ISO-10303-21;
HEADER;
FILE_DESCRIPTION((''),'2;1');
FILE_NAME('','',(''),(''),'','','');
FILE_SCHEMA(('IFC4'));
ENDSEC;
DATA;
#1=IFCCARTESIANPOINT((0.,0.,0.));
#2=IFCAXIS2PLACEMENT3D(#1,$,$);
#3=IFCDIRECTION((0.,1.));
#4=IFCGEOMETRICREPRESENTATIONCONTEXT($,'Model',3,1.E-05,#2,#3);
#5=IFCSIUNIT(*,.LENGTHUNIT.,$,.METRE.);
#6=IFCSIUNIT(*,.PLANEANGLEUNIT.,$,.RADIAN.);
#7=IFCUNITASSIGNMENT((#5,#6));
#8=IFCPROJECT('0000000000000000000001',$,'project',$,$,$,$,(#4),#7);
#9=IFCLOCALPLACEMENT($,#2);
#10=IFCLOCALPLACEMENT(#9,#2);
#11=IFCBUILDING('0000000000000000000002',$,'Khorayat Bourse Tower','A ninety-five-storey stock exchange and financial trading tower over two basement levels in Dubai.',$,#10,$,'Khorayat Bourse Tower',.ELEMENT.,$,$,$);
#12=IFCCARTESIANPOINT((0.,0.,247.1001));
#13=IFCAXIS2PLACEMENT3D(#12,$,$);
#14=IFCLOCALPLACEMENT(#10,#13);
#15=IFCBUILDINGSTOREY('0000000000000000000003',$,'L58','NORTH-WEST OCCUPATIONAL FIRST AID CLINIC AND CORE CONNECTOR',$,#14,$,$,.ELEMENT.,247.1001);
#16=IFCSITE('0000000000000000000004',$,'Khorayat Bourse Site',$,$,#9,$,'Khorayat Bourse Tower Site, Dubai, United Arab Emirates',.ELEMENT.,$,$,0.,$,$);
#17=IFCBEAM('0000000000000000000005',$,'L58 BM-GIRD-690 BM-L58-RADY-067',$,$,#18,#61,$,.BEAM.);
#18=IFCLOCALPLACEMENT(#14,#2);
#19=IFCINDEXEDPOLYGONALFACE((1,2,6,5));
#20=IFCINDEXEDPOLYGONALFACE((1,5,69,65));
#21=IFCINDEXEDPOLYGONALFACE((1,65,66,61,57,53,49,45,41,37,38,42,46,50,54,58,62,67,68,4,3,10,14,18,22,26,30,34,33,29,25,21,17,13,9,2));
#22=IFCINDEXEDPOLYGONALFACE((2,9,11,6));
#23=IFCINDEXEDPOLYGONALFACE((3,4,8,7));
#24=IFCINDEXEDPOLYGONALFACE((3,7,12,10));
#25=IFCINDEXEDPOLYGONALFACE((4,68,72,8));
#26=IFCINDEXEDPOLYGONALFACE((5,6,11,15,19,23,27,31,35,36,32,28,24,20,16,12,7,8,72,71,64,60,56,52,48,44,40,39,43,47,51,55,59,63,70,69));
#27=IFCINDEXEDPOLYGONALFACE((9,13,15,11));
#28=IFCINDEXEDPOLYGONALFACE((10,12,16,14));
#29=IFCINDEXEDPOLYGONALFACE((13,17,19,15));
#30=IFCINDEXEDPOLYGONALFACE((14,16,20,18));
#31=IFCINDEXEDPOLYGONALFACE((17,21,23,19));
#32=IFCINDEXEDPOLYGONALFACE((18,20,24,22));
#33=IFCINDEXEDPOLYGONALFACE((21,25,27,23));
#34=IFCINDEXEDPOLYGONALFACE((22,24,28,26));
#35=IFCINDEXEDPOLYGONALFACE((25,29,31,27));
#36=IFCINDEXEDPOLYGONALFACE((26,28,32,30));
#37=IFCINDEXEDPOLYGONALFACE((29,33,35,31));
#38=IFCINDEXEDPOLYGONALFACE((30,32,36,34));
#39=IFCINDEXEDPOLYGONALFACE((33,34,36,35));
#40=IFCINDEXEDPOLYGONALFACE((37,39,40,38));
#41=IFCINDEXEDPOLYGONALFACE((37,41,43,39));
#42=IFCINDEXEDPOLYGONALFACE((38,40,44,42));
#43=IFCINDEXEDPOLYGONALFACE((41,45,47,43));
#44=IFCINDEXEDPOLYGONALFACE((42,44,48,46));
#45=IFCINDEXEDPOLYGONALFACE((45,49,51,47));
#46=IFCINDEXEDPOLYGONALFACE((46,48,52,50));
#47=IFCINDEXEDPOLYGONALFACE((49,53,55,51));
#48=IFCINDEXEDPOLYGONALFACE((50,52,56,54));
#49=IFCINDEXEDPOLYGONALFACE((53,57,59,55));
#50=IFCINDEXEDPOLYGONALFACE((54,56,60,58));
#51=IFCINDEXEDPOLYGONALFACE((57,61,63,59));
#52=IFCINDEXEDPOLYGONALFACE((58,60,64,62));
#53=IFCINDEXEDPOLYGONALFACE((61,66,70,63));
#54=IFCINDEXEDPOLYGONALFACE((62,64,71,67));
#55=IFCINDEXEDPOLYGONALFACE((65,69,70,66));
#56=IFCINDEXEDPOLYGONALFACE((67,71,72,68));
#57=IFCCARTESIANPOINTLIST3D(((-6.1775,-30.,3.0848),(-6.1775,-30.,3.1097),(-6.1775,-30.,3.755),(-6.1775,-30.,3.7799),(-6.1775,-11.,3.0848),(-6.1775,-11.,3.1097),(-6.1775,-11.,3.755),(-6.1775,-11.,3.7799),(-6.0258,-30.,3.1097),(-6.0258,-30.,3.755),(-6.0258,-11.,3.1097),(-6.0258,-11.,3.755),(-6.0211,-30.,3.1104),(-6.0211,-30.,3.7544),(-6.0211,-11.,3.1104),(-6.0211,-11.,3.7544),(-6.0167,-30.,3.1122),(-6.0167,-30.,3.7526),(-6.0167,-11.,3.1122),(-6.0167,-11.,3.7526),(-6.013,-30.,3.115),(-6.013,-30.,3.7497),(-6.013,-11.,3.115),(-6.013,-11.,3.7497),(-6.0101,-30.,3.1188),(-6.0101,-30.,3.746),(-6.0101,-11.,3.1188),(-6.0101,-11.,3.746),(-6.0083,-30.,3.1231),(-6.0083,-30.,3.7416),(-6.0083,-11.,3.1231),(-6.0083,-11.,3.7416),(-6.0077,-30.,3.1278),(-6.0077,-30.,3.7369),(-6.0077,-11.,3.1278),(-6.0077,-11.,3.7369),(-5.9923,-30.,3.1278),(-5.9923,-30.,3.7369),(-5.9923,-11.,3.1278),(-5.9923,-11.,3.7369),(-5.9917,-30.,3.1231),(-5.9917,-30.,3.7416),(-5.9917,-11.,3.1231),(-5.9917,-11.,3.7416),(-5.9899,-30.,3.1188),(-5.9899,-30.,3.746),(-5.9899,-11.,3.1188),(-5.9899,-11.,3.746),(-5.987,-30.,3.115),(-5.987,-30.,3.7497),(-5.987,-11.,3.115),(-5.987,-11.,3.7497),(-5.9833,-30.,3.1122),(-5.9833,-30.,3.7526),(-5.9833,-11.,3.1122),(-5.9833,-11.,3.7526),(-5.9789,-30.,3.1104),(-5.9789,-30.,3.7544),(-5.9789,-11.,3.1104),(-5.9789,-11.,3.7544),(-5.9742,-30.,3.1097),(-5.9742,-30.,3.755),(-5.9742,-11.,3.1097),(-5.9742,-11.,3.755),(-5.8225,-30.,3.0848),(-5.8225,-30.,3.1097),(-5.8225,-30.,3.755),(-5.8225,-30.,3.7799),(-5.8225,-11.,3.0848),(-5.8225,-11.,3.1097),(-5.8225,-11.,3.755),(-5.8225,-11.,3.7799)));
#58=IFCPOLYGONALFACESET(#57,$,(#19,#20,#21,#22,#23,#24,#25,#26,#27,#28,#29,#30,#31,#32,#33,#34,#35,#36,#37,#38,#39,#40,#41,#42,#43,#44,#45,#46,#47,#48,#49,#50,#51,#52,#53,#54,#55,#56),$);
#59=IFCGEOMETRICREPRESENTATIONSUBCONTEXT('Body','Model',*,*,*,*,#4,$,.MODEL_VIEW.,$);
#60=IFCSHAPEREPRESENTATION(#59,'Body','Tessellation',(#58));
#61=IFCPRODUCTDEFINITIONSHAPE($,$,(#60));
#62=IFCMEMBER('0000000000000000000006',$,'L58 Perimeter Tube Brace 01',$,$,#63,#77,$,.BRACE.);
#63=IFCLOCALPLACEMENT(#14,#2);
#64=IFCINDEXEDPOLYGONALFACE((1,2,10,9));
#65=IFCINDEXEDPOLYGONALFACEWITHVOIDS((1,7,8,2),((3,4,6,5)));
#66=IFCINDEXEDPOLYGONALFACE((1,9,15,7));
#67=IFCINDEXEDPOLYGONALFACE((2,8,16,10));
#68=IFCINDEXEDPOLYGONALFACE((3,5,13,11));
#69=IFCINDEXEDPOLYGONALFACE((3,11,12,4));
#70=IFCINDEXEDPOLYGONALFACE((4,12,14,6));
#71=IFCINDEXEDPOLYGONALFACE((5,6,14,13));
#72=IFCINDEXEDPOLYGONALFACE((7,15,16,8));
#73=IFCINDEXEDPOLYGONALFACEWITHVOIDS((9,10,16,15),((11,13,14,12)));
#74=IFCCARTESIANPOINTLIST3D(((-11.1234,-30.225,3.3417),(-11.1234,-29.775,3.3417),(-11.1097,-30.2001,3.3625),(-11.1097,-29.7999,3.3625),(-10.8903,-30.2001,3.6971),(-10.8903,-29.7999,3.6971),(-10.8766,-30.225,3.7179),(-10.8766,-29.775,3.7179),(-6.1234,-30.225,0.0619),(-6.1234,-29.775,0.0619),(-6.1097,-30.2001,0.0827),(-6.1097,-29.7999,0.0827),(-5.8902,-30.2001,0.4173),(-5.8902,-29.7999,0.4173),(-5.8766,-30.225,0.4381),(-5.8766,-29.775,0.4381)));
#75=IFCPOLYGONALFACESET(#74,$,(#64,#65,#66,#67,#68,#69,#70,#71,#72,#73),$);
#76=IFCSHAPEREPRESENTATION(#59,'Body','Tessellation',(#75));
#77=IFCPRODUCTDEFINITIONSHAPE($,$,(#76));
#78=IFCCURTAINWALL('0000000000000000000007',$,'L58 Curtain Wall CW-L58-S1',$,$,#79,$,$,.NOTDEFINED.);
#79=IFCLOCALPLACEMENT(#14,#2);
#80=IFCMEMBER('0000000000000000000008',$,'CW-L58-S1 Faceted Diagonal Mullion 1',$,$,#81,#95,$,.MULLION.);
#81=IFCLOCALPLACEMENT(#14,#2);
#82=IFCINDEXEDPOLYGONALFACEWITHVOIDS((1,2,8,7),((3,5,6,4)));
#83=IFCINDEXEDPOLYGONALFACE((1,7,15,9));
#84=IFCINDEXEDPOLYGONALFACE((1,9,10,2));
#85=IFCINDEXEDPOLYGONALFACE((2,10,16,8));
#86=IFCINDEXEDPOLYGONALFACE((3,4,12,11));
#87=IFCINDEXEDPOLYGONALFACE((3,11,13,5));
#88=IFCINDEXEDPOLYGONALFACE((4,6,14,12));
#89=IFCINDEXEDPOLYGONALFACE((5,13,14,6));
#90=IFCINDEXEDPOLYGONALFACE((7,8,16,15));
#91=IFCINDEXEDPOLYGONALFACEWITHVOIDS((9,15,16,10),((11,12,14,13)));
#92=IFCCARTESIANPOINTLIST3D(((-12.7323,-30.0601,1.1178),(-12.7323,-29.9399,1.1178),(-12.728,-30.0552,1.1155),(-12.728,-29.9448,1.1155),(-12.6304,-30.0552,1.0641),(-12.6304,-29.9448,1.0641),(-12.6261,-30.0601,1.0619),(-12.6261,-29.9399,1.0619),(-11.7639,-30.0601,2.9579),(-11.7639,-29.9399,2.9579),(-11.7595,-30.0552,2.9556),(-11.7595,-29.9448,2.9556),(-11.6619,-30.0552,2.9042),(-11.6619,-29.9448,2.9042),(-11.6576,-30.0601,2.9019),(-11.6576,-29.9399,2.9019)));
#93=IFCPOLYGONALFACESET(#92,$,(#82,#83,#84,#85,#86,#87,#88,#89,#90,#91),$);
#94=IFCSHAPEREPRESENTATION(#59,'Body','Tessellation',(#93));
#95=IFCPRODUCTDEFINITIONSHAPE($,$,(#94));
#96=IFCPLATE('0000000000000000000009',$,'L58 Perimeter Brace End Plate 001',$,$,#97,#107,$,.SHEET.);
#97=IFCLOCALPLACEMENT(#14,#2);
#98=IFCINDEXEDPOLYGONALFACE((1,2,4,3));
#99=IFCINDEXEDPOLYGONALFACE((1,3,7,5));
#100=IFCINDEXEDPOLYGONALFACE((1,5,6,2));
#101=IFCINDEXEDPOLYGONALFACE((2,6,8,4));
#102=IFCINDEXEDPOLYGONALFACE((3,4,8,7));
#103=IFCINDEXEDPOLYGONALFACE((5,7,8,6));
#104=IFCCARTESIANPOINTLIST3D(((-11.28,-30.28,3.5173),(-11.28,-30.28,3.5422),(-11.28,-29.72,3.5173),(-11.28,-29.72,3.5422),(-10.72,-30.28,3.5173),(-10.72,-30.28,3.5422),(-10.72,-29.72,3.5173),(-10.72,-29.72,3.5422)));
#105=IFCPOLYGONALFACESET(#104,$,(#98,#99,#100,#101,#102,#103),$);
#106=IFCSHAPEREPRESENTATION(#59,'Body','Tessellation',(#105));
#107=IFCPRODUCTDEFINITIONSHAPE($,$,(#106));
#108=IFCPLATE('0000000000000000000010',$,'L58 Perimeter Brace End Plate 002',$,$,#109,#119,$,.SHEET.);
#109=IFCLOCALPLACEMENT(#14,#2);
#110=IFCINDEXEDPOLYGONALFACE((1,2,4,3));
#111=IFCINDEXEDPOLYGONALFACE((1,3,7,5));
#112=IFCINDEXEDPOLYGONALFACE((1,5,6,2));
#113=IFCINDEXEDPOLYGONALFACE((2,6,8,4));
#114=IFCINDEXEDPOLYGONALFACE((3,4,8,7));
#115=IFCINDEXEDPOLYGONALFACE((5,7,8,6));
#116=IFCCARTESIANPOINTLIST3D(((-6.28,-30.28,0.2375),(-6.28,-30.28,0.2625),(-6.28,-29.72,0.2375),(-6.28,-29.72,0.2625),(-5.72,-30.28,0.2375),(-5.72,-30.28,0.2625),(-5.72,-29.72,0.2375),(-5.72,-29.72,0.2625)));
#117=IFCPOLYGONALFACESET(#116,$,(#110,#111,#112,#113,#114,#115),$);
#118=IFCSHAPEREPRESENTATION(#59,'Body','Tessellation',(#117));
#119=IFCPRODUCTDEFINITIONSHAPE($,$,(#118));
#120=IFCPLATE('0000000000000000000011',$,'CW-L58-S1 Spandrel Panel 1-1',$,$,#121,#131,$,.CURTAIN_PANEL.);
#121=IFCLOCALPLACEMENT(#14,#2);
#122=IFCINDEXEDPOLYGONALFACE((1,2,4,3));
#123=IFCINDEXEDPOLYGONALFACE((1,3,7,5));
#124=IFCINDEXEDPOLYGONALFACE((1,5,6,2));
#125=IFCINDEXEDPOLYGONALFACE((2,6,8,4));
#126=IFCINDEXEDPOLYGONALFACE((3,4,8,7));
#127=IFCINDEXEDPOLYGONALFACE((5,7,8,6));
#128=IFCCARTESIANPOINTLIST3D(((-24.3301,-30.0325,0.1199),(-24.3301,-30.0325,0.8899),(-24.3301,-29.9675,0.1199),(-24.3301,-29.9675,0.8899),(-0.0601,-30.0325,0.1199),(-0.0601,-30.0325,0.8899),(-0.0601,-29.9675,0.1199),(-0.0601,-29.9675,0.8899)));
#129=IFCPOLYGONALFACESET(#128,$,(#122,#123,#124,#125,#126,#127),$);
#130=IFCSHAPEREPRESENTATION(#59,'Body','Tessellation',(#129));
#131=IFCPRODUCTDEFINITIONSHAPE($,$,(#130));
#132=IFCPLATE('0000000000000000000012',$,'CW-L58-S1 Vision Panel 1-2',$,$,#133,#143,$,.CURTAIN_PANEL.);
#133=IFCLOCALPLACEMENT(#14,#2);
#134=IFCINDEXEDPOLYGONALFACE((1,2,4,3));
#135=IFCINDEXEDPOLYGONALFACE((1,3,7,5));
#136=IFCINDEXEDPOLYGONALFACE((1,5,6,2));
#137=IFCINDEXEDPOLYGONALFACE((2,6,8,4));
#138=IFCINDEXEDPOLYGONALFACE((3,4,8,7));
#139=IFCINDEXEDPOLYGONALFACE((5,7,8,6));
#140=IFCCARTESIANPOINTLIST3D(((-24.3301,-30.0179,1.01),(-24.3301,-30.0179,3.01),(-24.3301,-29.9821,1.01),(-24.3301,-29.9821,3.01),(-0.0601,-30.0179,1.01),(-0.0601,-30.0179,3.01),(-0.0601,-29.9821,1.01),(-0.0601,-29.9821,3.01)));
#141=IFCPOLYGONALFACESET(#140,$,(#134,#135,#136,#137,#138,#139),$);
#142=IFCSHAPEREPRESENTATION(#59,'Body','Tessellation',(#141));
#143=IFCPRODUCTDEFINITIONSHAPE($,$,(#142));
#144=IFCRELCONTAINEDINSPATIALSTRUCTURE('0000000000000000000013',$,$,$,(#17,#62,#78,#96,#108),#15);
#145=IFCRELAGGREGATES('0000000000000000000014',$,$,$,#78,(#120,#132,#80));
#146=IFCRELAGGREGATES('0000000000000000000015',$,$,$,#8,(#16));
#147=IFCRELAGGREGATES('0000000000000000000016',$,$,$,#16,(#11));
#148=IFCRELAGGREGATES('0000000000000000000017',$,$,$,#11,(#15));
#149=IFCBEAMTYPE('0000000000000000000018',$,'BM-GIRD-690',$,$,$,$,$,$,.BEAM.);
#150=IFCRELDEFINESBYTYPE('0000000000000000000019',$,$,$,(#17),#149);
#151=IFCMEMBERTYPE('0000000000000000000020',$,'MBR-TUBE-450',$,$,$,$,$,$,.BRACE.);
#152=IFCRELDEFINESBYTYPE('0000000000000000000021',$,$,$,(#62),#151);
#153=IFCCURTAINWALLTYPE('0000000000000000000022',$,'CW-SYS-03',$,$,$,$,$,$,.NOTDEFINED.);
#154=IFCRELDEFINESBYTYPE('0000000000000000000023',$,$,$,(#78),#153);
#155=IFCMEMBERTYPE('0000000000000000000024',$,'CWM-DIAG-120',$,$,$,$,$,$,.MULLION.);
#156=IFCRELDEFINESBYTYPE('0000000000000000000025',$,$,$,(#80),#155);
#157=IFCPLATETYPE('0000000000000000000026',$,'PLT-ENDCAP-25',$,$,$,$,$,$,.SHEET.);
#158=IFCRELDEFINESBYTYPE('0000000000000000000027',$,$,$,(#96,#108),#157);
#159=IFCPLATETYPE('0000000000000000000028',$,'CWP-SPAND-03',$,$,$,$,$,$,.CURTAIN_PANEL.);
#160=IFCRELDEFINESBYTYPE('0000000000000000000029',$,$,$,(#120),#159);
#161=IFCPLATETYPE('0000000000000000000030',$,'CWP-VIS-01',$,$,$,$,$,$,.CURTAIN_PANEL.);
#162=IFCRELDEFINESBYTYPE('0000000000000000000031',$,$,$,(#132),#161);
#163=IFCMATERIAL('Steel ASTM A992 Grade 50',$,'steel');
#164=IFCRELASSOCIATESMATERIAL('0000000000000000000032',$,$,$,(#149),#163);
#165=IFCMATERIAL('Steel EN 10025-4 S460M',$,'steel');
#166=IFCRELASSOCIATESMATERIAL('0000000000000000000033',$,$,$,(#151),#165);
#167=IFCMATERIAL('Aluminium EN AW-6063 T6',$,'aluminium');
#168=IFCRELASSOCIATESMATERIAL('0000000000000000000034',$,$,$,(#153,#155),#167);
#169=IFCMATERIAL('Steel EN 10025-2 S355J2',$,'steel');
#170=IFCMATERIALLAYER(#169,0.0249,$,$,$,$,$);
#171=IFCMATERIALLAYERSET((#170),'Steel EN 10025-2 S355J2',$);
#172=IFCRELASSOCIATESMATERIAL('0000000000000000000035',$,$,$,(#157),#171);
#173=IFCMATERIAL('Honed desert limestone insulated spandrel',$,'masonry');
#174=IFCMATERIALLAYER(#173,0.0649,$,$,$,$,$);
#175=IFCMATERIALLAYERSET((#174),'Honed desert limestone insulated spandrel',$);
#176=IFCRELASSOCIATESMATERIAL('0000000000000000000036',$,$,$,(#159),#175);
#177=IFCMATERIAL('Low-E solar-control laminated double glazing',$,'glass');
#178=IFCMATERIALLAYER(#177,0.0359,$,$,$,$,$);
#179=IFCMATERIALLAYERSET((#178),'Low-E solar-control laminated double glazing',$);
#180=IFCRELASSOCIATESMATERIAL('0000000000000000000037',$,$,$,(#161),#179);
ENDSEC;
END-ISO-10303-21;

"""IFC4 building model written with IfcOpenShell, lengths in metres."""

from ifc_helpers import new_model, si_unit, direction, frame, origin, origin_2d, place, context, subcontext, project, spatial, rectangle, hollow_rectangle, i_section, extrude, source, transform, mapped, material, layer, layer_set, material_profile, profile_set, type_object, element, aggregate, save


model = new_model("IFC4")

# Units and contexts
model_context = context("Model", 3, precision=1e-05, world=origin(), true_north=direction((0.0, 1.0)))
body_context = subcontext(model_context, "Body", "Model", "MODEL_VIEW")
ifc_project = project(units=[si_unit("LENGTHUNIT", "METRE"), si_unit("PLANEANGLEUNIT", "RADIAN")], contexts=[model_context])

# Site, building, storey
site_placement = place(None, origin())
site = spatial("IfcSite", under=ifc_project, at=site_placement, Name="Khorayat Bourse Site", LongName="Khorayat Bourse Tower Site, Dubai, United Arab Emirates", CompositionType="ELEMENT", RefElevation=0.0)
building_placement = place(site_placement, origin())
building = spatial("IfcBuilding", under=site, at=building_placement, Name="Khorayat Bourse Tower", Description="A ninety-five-storey stock exchange and financial trading tower over two basement levels in Dubai.", LongName="Khorayat Bourse Tower", CompositionType="ELEMENT")
storey_placement = place(building_placement, frame((0.0, 0.0, 247.1001)))
storey = spatial("IfcBuildingStorey", under=building, at=storey_placement, Name="L58", Description="NORTH-WEST OCCUPATIONAL FIRST AID CLINIC AND CORE CONNECTOR", CompositionType="ELEMENT", Elevation=247.1001)

# Shared definitions
ifc_material_1 = material(Name="Steel EN 10025-4 S460M", Category="steel")

# Beam
ifc_material_2 = material(Name="Steel ASTM A992 Grade 50", Category="steel")
ifc_material_profile_1 = material_profile(ifc_material_2, i_section(OverallWidth=0.355, OverallDepth=0.6951, WebThickness=0.0154, FlangeThickness=0.0249, FilletRadius=0.0181, at=origin_2d()), Name="W690X217")
ifc_profile_set_1 = profile_set([ifc_material_profile_1], Name="Steel ASTM A992 Grade 50")
beam_type_1 = type_object("IfcBeamType", Name="BM-GIRD-690", PredefinedType="BEAM", material=ifc_profile_set_1)
shared_shape_1 = source(origin(), body_context, "Body", "SweptSolid", [
    extrude(i_section(OverallWidth=0.355, OverallDepth=0.6951, WebThickness=0.0154, FlangeThickness=0.0249, FilletRadius=0.0181, at=origin_2d()), origin(), (0.0, 0.0, 1.0), 19.0),
])
for number, where, z_axis, x_axis, name in (
    (1, (-6.0, -30.0, 3.4324), (0.0, 1.0, 0.0), (-1.0, 0.0, 0.0), "L58 BM-GIRD-690 BM-L58-RADY-067"),
):
    element("IfcBeam", number, at=place(storey_placement, frame(where, z_axis=z_axis, x_axis=x_axis)), inside=storey, type_object=beam_type_1, Name=name, PredefinedType="BEAM", context=body_context, shape_type="MappedRepresentation", body=[
        mapped(shared_shape_1, transform((0.0, 0.0, 0.0), scale=1.0)),
    ])

# Member
ifc_material_profile_2 = material_profile(ifc_material_1, hollow_rectangle(XDim=0.45, YDim=0.45, WallThickness=0.0249, at=origin_2d()), Name="HSS 450x450x25")
ifc_profile_set_2 = profile_set([ifc_material_profile_2], Name="Steel EN 10025-4 S460M")
member_type_1 = type_object("IfcMemberType", Name="MBR-TUBE-450", PredefinedType="BRACE", material=ifc_profile_set_2)
shared_shape_2 = source(origin(), body_context, "Body", "SweptSolid", [
    extrude(hollow_rectangle(XDim=0.45, YDim=0.45, WallThickness=0.0249, at=origin_2d()), origin(), (0.0, 0.0, 1.0), 5.9797),
])
member_1_placement = place(storey_placement, frame((-11.0, -30.0, 3.5298), z_axis=(0.83616, 0.0, -0.548485), x_axis=(0.0, 1.0, 0.0)))
element("IfcMember", 2, at=member_1_placement, inside=storey, type_object=member_type_1, Name="L58 Perimeter Tube Brace 01", PredefinedType="BRACE", context=body_context, shape_type="MappedRepresentation", body=[
    mapped(shared_shape_2, transform((0.0, 0.0, 0.0), scale=1.0)),
])

# Curtain wall, member
ifc_material_3 = material(Name="Aluminium EN AW-6063 T6", Category="aluminium")
curtain_wall_type = type_object("IfcCurtainWallType", Name="CW-SYS-03", PredefinedType="NOTDEFINED", material=ifc_material_3)
curtain_wall_placement = place(storey_placement, origin())
curtain_wall = element("IfcCurtainWall", 3, at=curtain_wall_placement, inside=storey, type_object=curtain_wall_type, Name="L58 Curtain Wall CW-L58-S1", PredefinedType="NOTDEFINED")
ifc_material_profile_3 = material_profile(ifc_material_3, hollow_rectangle(XDim=0.1201, YDim=0.1201, WallThickness=0.0049, at=origin_2d()), Name="ALU 120x120x5")
ifc_profile_set_3 = profile_set([ifc_material_profile_3], Name="Aluminium EN AW-6063 T6")
member_type_2 = type_object("IfcMemberType", Name="CWM-DIAG-120", PredefinedType="MULLION", material=ifc_profile_set_3)
shared_shape_3 = source(origin(), body_context, "Body", "SweptSolid", [
    extrude(hollow_rectangle(XDim=0.1201, YDim=0.1201, WallThickness=0.0049, at=origin_2d()), origin(), (0.0, 0.0, 1.0), 2.0793),
])
member_2_placement = place(storey_placement, frame((-12.6792, -30.0, 1.0898), z_axis=(0.465761, 0.0, 0.884911), x_axis=(0.0, 1.0, 0.0)))
member_2 = element("IfcMember", 4, at=member_2_placement, type_object=member_type_2, Name="CW-L58-S1 Faceted Diagonal Mullion 1", PredefinedType="MULLION", context=body_context, shape_type="MappedRepresentation", body=[
    mapped(shared_shape_3, transform((0.0, 0.0, 0.0), scale=1.0)),
])

# Plates
ifc_material_4 = material(Name="Steel EN 10025-2 S355J2", Category="steel")
ifc_layer_1 = layer(ifc_material_4, 0.0249)
ifc_layer_set_1 = layer_set([ifc_layer_1], Name="Steel EN 10025-2 S355J2")
plate_type_1 = type_object("IfcPlateType", Name="PLT-ENDCAP-25", PredefinedType="SHEET", material=ifc_layer_set_1)
shared_shape_4 = source(origin(), body_context, "Body", "SweptSolid", [
    extrude(rectangle(XDim=0.5601, YDim=0.5601, at=origin_2d()), origin(), (0.0, 0.0, 1.0), 0.0249),
])
for number, where, z_axis, x_axis, name in (
    (5, (-11.0, -30.0, 3.5173), (0.0, 0.0, 1.0), (1.0, 0.0, 0.0), "L58 Perimeter Brace End Plate 001"),
    (6, (-6.0, -30.0, 0.2375), (0.0, 0.0, 1.0), (1.0, 0.0, 0.0), "L58 Perimeter Brace End Plate 002"),
):
    element("IfcPlate", number, at=place(storey_placement, frame(where, z_axis=z_axis, x_axis=x_axis)), inside=storey, type_object=plate_type_1, Name=name, PredefinedType="SHEET", context=body_context, shape_type="MappedRepresentation", body=[
        mapped(shared_shape_4, transform((0.0, 0.0, 0.0), scale=1.0)),
    ])

# Plates
ifc_material_5 = material(Name="Honed desert limestone insulated spandrel", Category="masonry")
ifc_layer_2 = layer(ifc_material_5, 0.0649)
ifc_layer_set_2 = layer_set([ifc_layer_2], Name="Honed desert limestone insulated spandrel")
plate_type_2 = type_object("IfcPlateType", Name="CWP-SPAND-03", PredefinedType="CURTAIN_PANEL", material=ifc_layer_set_2)
shared_shape_5 = source(origin(), body_context, "Body", "SweptSolid", [
    extrude(rectangle(XDim=24.27, YDim=0.0649, at=origin_2d()), origin(), (0.0, 0.0, 1.0), 0.77),
])
plate_1_placement = place(storey_placement, frame((-12.1951, -30.0, 0.1199), z_axis=(0.0, 0.0, 1.0), x_axis=(1.0, 0.0, 0.0)))
plate_1 = element("IfcPlate", 7, at=plate_1_placement, type_object=plate_type_2, Name="CW-L58-S1 Spandrel Panel 1-1", PredefinedType="CURTAIN_PANEL", context=body_context, shape_type="MappedRepresentation", body=[
    mapped(shared_shape_5, transform((0.0, 0.0, 0.0), scale=1.0)),
])
ifc_material_6 = material(Name="Low-E solar-control laminated double glazing", Category="glass")
ifc_layer_3 = layer(ifc_material_6, 0.0359)
ifc_layer_set_3 = layer_set([ifc_layer_3], Name="Low-E solar-control laminated double glazing")
plate_type_3 = type_object("IfcPlateType", Name="CWP-VIS-01", PredefinedType="CURTAIN_PANEL", material=ifc_layer_set_3)
shared_shape_6 = source(origin(), body_context, "Body", "SweptSolid", [
    extrude(rectangle(XDim=24.27, YDim=0.0359, at=origin_2d()), origin(), (0.0, 0.0, 1.0), 2.0),
])
plate_2_placement = place(storey_placement, frame((-12.1951, -30.0, 1.01), z_axis=(0.0, 0.0, 1.0), x_axis=(1.0, 0.0, 0.0)))
plate_2 = element("IfcPlate", 8, at=plate_2_placement, type_object=plate_type_3, Name="CW-L58-S1 Vision Panel 1-2", PredefinedType="CURTAIN_PANEL", context=body_context, shape_type="MappedRepresentation", body=[
    mapped(shared_shape_6, transform((0.0, 0.0, 0.0), scale=1.0)),
])
aggregate(curtain_wall, [plate_1, plate_2, member_2])

save(model, "model.ifc")
